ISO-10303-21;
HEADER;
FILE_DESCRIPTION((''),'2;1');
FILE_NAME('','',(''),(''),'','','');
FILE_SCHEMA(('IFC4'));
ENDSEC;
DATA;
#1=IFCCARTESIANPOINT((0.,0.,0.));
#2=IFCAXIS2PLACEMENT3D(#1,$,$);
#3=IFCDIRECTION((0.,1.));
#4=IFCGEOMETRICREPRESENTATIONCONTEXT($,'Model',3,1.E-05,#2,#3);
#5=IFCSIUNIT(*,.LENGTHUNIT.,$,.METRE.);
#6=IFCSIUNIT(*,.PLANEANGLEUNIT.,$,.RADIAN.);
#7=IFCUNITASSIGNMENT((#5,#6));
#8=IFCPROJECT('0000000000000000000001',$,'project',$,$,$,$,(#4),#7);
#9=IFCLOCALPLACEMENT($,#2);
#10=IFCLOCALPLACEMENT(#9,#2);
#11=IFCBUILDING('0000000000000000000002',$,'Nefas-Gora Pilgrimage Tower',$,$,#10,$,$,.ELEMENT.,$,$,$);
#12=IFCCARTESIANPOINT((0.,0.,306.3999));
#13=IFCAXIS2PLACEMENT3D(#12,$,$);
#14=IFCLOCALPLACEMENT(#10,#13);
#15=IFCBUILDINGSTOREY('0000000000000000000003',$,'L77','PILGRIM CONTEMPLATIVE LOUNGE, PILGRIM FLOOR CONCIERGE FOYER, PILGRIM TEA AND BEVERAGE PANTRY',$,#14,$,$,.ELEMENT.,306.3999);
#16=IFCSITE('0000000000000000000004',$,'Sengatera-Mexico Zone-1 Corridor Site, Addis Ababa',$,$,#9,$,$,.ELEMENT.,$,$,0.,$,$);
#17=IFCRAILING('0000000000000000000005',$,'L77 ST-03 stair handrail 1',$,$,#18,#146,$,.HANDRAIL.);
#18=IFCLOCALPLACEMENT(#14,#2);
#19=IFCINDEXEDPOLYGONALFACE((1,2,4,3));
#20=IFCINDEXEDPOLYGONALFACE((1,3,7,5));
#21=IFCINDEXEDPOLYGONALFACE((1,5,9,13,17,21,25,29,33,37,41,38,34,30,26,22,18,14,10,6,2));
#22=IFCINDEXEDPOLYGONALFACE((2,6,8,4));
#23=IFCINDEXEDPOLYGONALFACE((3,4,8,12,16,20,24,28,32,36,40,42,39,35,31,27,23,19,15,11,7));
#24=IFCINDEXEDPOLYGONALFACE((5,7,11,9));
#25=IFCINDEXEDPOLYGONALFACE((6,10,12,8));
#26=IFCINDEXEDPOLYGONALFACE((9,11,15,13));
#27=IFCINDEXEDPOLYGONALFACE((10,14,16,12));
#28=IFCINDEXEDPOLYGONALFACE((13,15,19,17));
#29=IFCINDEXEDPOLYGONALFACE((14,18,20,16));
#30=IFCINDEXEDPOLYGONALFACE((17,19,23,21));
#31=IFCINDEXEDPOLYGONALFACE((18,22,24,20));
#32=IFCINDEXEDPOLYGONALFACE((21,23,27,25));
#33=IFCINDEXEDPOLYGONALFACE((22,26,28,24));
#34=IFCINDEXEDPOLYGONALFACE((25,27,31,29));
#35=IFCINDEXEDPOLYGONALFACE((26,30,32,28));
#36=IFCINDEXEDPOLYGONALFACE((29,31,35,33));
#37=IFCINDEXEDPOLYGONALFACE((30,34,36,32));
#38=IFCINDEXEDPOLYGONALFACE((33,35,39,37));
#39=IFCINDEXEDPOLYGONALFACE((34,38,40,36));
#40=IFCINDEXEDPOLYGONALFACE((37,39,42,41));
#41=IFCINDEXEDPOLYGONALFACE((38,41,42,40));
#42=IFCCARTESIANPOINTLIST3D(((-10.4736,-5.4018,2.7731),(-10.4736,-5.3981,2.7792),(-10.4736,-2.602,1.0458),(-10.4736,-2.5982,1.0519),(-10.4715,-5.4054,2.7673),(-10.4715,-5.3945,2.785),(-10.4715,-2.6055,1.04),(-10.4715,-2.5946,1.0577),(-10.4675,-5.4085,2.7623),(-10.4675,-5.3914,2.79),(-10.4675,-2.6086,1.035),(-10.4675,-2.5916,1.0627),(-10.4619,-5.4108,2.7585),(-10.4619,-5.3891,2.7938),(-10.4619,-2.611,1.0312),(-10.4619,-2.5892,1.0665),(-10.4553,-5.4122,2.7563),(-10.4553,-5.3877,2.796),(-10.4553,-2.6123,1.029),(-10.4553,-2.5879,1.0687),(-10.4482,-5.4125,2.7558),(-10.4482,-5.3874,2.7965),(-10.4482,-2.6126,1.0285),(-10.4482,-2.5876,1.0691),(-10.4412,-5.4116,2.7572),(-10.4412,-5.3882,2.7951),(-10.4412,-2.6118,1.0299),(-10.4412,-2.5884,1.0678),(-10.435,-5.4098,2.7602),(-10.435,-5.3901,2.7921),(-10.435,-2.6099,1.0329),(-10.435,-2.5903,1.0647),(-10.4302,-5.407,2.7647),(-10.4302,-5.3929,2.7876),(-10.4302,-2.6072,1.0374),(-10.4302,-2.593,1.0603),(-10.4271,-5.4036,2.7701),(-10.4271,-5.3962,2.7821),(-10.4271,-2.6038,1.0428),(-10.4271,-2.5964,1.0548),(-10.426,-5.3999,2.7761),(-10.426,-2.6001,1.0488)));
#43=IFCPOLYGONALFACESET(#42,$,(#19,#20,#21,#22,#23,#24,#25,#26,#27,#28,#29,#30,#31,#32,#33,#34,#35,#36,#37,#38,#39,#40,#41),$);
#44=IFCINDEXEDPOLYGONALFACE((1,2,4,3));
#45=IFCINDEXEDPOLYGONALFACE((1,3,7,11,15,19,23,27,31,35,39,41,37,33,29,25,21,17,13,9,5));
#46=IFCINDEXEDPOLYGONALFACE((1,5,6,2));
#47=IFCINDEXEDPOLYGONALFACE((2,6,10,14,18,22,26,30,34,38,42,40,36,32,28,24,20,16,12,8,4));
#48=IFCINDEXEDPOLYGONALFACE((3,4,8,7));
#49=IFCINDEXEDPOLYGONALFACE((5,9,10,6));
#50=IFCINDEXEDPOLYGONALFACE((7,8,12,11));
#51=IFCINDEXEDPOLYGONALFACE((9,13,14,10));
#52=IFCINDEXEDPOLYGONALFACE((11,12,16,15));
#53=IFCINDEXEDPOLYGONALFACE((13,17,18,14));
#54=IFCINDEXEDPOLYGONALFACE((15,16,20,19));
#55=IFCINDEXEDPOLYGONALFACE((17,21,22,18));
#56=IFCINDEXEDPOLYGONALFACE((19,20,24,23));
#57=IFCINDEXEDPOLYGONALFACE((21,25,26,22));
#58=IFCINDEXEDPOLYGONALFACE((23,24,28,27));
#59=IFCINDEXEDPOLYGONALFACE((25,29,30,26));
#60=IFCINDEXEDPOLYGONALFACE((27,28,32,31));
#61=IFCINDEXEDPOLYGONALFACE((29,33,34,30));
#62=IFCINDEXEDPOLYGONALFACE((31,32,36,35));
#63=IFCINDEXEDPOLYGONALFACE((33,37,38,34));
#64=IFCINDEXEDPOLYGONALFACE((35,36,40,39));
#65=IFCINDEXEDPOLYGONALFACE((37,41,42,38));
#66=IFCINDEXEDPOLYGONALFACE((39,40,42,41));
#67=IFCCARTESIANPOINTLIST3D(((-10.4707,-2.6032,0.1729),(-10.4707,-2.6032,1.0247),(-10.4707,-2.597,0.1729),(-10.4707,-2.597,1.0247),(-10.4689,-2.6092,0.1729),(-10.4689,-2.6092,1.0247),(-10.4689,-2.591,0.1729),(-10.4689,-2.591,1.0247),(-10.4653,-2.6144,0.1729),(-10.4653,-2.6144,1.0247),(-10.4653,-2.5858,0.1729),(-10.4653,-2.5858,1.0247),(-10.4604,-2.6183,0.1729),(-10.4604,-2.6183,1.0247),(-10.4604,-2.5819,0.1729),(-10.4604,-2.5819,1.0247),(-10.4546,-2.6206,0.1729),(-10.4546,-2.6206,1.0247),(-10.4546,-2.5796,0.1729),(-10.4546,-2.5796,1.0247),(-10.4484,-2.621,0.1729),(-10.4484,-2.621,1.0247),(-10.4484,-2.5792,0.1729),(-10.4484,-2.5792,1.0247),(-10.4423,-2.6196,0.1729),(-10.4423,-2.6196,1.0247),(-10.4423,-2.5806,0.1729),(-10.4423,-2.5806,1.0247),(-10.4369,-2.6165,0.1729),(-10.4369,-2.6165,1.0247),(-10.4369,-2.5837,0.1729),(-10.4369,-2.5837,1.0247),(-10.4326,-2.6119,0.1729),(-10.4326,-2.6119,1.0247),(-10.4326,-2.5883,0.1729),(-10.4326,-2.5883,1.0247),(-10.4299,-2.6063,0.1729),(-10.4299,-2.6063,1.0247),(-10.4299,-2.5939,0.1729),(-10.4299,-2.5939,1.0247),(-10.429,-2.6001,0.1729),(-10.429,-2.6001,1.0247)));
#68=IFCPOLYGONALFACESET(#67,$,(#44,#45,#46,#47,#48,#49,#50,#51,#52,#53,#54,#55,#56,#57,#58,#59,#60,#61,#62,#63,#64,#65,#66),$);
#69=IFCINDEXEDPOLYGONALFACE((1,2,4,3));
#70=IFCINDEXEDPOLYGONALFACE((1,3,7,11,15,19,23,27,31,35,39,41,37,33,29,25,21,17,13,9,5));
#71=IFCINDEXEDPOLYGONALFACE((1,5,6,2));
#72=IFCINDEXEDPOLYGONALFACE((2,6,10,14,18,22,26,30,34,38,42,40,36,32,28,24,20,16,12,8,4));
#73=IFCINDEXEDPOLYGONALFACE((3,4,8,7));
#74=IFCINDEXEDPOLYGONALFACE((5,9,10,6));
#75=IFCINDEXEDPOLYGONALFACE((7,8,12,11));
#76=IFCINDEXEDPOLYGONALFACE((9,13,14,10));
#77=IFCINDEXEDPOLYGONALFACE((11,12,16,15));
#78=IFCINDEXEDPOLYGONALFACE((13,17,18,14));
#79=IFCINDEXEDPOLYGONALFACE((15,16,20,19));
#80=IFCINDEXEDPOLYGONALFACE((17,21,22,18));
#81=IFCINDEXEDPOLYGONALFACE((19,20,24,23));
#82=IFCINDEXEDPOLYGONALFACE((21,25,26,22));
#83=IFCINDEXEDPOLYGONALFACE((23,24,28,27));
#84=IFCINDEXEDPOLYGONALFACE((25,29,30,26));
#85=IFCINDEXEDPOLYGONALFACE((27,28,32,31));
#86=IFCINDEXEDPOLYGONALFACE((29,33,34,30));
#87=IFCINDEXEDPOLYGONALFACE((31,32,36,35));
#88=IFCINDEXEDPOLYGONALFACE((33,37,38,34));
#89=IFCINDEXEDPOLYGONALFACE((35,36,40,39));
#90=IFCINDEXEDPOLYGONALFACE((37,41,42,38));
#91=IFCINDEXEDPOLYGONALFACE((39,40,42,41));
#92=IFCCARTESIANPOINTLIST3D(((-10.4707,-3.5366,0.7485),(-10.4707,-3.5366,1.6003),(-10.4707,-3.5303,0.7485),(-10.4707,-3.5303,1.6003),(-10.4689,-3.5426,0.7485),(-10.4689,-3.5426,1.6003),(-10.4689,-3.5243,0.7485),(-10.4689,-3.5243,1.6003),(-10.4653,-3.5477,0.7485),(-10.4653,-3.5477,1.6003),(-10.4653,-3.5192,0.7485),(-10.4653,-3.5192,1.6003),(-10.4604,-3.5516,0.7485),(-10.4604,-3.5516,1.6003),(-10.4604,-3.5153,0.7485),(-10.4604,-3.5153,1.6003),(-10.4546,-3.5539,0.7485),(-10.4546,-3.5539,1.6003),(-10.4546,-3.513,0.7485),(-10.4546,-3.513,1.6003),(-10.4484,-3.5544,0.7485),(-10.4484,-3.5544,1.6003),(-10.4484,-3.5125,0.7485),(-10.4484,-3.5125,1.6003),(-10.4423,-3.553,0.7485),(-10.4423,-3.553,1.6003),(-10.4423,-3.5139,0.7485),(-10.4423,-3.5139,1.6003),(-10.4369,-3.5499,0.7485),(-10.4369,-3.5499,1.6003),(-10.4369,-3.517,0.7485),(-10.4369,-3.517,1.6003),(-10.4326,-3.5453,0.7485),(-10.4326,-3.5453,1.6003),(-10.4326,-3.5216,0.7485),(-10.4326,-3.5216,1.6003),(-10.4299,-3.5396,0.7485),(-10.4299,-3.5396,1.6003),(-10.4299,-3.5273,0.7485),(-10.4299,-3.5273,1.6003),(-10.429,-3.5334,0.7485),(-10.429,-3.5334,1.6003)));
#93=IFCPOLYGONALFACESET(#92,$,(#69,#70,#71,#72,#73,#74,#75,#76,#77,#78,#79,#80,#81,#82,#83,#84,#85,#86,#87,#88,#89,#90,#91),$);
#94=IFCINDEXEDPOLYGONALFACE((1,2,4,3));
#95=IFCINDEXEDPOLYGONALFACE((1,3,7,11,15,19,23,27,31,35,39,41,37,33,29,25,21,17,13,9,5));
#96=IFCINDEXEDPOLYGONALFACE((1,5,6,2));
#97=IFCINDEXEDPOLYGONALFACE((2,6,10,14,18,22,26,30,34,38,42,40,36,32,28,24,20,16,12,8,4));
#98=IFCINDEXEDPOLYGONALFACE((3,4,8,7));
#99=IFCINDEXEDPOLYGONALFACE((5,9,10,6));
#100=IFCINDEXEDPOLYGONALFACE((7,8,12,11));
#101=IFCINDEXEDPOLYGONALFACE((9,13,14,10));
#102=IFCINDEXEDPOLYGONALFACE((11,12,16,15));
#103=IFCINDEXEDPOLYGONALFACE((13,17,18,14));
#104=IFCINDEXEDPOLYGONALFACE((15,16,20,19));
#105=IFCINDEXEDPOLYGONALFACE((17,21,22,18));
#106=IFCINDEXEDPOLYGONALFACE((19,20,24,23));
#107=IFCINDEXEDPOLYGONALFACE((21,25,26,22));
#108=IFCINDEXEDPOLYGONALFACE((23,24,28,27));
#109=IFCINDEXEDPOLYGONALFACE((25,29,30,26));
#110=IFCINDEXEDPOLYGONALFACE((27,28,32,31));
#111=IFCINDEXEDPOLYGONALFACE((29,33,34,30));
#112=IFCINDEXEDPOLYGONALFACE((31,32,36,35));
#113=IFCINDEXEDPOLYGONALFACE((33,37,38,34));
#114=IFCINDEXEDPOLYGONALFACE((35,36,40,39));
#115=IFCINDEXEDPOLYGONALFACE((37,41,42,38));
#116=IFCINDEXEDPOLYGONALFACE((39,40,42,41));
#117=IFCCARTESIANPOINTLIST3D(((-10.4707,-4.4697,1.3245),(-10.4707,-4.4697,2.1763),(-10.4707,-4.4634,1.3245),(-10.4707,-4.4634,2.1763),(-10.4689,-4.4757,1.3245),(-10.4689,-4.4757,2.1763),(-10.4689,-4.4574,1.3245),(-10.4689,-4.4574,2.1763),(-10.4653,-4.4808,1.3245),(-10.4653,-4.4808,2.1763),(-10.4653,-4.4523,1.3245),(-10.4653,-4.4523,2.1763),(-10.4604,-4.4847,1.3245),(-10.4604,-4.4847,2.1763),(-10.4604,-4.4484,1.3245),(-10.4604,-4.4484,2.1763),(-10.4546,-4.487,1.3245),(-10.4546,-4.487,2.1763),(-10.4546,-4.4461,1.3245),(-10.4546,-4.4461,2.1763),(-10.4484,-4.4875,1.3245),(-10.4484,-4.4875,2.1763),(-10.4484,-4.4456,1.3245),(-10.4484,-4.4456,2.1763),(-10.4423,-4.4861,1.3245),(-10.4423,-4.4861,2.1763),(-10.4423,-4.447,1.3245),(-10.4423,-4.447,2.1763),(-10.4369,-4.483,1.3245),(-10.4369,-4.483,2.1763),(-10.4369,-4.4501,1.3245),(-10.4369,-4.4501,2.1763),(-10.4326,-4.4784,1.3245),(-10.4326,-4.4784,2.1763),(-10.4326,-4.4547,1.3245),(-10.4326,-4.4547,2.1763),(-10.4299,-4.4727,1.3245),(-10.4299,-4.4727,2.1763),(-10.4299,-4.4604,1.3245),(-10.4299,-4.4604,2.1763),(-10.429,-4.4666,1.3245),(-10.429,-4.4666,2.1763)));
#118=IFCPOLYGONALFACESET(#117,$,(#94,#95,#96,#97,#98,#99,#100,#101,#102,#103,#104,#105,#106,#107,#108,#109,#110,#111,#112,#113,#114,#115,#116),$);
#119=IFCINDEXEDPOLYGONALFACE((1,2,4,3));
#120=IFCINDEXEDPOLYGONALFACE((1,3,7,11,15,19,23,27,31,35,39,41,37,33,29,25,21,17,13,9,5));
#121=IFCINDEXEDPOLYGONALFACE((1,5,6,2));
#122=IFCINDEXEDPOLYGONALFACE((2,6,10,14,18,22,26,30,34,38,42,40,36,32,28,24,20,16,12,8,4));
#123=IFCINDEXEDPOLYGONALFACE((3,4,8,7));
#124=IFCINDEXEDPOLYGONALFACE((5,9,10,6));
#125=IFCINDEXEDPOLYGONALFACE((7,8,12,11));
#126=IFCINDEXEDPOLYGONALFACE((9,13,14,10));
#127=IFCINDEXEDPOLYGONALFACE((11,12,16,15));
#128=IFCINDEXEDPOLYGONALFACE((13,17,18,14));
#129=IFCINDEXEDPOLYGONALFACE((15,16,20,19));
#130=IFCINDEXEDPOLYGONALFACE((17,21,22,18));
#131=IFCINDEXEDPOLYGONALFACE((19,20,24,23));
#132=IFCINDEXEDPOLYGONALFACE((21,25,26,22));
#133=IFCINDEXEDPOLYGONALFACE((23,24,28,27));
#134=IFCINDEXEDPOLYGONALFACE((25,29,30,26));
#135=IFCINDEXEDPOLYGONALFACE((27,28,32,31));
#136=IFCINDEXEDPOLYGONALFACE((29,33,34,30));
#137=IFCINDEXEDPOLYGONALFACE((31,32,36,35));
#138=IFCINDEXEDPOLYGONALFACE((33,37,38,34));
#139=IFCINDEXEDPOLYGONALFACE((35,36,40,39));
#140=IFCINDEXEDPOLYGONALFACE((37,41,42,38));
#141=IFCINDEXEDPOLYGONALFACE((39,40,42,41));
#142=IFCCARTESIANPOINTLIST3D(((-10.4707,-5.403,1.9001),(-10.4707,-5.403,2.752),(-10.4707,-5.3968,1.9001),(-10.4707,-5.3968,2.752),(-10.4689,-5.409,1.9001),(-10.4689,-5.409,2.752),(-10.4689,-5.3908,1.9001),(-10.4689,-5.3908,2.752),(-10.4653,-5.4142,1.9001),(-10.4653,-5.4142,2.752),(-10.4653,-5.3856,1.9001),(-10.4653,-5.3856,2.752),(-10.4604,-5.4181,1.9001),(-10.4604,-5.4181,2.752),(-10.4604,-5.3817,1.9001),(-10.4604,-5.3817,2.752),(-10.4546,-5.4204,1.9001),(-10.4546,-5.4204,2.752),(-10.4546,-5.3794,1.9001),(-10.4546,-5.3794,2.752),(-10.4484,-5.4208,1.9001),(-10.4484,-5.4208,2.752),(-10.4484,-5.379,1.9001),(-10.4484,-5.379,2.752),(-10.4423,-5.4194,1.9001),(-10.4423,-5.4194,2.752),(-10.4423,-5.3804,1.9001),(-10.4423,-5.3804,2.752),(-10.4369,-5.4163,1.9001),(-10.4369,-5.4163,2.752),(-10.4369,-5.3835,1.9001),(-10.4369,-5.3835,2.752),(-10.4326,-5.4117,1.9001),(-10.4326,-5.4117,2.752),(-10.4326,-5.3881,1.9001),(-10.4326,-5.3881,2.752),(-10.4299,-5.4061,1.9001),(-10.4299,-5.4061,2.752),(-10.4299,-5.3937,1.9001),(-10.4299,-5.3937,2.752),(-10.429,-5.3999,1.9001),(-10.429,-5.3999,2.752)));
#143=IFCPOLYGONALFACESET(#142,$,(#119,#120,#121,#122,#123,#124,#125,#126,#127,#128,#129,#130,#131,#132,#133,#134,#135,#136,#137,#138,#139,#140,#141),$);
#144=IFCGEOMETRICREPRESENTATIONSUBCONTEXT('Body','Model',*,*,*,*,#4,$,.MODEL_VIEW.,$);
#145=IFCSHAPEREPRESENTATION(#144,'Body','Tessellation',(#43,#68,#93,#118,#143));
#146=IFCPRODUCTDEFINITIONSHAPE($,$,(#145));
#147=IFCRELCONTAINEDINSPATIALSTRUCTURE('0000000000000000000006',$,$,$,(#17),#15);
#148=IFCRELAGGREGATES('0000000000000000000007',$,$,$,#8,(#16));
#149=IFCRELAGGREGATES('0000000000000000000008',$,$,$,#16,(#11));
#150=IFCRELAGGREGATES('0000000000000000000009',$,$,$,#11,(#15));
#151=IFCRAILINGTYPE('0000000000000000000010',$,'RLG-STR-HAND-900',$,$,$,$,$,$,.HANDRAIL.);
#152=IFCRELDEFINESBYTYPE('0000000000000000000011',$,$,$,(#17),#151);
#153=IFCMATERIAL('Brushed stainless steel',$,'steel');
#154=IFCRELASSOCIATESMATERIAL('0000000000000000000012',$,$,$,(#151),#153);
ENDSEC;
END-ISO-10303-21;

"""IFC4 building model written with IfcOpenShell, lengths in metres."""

from ifc_helpers import new_model, si_unit, direction, frame, origin, origin_2d, place, context, subcontext, project, spatial, circle, extrude, material, type_object, element, save


model = new_model("IFC4")

# Units and contexts
model_context = context("Model", 3, precision=1e-05, world=origin(), true_north=direction((0.0, 1.0)))
body_context = subcontext(model_context, "Body", "Model", "MODEL_VIEW")
ifc_project = project(units=[si_unit("LENGTHUNIT", "METRE"), si_unit("PLANEANGLEUNIT", "RADIAN")], contexts=[model_context])

# Site, building, storey
site_placement = place(None, origin())
site = spatial("IfcSite", under=ifc_project, at=site_placement, Name="Sengatera-Mexico Zone-1 Corridor Site, Addis Ababa", CompositionType="ELEMENT", RefElevation=0.0)
building_placement = place(site_placement, origin())
building = spatial("IfcBuilding", under=site, at=building_placement, Name="Nefas-Gora Pilgrimage Tower", CompositionType="ELEMENT")
storey_placement = place(building_placement, frame((0.0, 0.0, 306.3999)))
storey = spatial("IfcBuildingStorey", under=building, at=storey_placement, Name="L77", Description="PILGRIM CONTEMPLATIVE LOUNGE, PILGRIM FLOOR CONCIERGE FOYER, PILGRIM TEA AND BEVERAGE PANTRY", CompositionType="ELEMENT", Elevation=306.3999)

# Railing
ifc_material_1 = material(Name="Brushed stainless steel", Category="steel")
railing_type_1 = type_object("IfcRailingType", Name="RLG-STR-HAND-900", PredefinedType="HANDRAIL", material=ifc_material_1)
railing_1_placement = place(storey_placement, frame((-10.45, -2.6001, 0.1729)))
element("IfcRailing", 1, at=railing_1_placement, inside=storey, type_object=railing_type_1, Name="L77 ST-03 stair handrail 1", PredefinedType="HANDRAIL", context=body_context, shape_type="SweptSolid", body=[
    extrude(circle(Radius=0.0239, at=origin_2d()), frame((0.0, 0.0, 0.876), z_axis=(0.0, -0.851069, 0.525054), x_axis=(1.0, 0.0, 0.0)), (0.0, 0.0, 1.0), 3.2898),
    extrude(circle(Radius=0.021, at=origin_2d()), origin(), (0.0, 0.0, 1.0), 0.8518),
    extrude(circle(Radius=0.021, at=origin_2d()), frame((0.0, -0.9333, 0.5757)), (0.0, 0.0, 1.0), 0.8518),
    extrude(circle(Radius=0.021, at=origin_2d()), frame((0.0, -1.8665, 1.1516)), (0.0, 0.0, 1.0), 0.8518),
    extrude(circle(Radius=0.021, at=origin_2d()), frame((0.0, -2.7998, 1.7273)), (0.0, 0.0, 1.0), 0.8518),
])

save(model, "model.ifc")
